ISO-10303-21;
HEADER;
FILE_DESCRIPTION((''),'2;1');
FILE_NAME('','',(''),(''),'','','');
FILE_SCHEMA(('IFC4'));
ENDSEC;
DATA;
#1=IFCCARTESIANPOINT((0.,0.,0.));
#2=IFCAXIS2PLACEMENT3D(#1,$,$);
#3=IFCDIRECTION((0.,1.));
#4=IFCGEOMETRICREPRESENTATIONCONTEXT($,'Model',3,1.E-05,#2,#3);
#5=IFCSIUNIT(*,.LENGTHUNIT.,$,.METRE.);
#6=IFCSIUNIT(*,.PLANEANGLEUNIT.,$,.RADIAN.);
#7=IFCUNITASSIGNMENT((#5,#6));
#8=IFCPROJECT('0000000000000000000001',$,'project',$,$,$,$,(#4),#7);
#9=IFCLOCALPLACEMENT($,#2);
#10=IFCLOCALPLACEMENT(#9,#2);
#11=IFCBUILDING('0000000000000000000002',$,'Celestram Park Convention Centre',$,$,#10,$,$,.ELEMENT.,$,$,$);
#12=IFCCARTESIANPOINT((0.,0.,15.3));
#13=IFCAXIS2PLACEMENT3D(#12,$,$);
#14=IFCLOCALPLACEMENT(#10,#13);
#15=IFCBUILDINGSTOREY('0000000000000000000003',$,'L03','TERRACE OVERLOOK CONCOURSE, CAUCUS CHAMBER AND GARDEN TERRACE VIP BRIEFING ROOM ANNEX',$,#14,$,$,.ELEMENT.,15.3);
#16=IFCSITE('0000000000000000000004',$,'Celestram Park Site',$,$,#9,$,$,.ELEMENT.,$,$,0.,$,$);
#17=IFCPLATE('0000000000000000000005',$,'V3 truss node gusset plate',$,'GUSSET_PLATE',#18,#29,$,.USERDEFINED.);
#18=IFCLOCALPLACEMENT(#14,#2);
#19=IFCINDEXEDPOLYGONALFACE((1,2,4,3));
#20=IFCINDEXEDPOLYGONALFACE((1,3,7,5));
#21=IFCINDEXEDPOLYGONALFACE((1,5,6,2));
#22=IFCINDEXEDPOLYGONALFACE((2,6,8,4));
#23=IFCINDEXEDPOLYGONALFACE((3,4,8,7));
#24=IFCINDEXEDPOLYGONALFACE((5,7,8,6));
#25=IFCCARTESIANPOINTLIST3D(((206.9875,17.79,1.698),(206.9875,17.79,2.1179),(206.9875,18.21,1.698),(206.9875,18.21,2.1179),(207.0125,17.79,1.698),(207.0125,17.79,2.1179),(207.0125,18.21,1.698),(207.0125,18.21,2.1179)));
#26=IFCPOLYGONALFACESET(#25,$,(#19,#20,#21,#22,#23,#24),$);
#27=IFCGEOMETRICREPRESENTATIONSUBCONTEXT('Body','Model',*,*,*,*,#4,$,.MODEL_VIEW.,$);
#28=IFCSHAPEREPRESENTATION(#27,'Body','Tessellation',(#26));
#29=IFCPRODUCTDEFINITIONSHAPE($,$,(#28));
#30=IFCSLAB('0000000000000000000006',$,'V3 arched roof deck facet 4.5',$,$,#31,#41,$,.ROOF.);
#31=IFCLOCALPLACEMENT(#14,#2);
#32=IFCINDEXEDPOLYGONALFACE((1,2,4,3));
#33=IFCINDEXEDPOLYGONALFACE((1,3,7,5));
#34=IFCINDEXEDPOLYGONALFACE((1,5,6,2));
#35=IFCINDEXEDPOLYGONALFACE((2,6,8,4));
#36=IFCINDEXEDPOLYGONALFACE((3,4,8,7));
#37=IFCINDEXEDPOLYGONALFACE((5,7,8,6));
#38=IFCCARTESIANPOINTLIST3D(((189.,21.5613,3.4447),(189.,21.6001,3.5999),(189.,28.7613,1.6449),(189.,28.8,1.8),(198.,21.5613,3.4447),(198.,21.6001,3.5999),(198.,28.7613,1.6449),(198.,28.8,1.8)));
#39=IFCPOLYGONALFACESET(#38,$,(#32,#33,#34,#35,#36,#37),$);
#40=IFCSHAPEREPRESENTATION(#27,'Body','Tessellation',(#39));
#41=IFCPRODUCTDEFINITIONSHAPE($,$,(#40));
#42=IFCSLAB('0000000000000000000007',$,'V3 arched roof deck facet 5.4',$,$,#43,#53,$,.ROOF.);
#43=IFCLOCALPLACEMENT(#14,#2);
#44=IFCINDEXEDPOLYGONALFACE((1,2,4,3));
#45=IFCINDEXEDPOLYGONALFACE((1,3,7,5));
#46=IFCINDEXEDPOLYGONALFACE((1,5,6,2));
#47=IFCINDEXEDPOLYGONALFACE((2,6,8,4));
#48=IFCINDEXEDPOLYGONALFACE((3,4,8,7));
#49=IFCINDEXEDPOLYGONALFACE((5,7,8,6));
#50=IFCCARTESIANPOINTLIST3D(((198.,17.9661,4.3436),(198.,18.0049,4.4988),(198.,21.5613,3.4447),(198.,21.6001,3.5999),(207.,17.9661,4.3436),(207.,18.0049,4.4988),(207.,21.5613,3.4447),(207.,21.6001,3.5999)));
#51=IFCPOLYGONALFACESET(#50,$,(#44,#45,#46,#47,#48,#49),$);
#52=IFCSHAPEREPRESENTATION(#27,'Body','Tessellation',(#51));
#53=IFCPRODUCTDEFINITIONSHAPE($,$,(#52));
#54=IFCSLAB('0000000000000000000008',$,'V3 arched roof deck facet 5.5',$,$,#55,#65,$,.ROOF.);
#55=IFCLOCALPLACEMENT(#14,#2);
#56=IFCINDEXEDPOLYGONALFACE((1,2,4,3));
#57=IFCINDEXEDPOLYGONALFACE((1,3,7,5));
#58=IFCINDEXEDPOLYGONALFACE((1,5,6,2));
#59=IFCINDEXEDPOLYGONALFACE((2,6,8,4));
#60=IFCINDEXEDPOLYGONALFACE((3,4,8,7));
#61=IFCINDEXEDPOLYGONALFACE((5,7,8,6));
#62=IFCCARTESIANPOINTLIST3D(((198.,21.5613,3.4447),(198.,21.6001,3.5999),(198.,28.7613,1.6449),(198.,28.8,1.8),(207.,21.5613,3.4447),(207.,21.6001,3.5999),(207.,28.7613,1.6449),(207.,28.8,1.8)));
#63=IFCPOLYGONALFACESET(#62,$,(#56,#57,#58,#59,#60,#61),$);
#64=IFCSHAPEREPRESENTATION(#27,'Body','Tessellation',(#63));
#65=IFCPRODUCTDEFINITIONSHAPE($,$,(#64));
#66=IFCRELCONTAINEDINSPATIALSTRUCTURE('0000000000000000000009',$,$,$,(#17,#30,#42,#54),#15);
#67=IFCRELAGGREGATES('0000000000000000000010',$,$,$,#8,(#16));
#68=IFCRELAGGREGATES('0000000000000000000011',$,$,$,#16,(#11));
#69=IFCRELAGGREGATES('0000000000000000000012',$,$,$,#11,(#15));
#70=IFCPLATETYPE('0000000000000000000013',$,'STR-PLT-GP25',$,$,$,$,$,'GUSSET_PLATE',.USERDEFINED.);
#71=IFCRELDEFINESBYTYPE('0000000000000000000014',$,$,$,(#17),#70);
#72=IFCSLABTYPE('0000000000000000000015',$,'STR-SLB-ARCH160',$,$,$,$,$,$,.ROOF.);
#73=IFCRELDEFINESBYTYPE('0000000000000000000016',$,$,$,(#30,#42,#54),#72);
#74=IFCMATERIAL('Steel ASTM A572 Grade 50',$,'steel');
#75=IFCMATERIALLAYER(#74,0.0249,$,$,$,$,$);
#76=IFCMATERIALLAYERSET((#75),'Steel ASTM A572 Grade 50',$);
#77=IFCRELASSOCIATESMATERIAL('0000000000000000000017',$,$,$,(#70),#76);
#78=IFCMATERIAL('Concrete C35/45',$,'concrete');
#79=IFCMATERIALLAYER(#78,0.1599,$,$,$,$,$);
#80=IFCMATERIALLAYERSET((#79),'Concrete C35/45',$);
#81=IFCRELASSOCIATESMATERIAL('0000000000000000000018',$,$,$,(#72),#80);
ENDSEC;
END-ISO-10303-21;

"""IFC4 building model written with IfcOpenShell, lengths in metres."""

from ifc_helpers import new_model, si_unit, direction, frame, origin, origin_2d, place, context, subcontext, project, spatial, polyline, rectangle, outline, extrude, material, layer, layer_set, type_object, element, save


model = new_model("IFC4")

# Units and contexts
model_context = context("Model", 3, precision=1e-05, world=origin(), true_north=direction((0.0, 1.0)))
body_context = subcontext(model_context, "Body", "Model", "MODEL_VIEW")
ifc_project = project(units=[si_unit("LENGTHUNIT", "METRE"), si_unit("PLANEANGLEUNIT", "RADIAN")], contexts=[model_context])

# Site, building, storey
site_placement = place(None, origin())
site = spatial("IfcSite", under=ifc_project, at=site_placement, Name="Celestram Park Site", CompositionType="ELEMENT", RefElevation=0.0)
building_placement = place(site_placement, origin())
building = spatial("IfcBuilding", under=site, at=building_placement, Name="Celestram Park Convention Centre", CompositionType="ELEMENT")
storey_placement = place(building_placement, frame((0.0, 0.0, 15.3)))
storey = spatial("IfcBuildingStorey", under=building, at=storey_placement, Name="L03", Description="TERRACE OVERLOOK CONCOURSE, CAUCUS CHAMBER AND GARDEN TERRACE VIP BRIEFING ROOM ANNEX", CompositionType="ELEMENT", Elevation=15.3)

# Plate
ifc_material_1 = material(Name="Steel ASTM A572 Grade 50", Category="steel")
ifc_layer_1 = layer(ifc_material_1, 0.0249)
ifc_layer_set_1 = layer_set([ifc_layer_1], Name="Steel ASTM A572 Grade 50")
plate_type = type_object("IfcPlateType", Name="STR-PLT-GP25", ElementType="GUSSET_PLATE", PredefinedType="USERDEFINED", material=ifc_layer_set_1)
for number, where, z_axis, x_axis, name in (
    (1, (207.0, 18.0, 1.698), (0.0, 0.0, 1.0), (0.0, 1.0, 0.0), "V3 truss node gusset plate"),
):
    element("IfcPlate", number, at=place(storey_placement, frame(where, z_axis=z_axis, x_axis=x_axis)), inside=storey, type_object=plate_type, Name=name, ObjectType="GUSSET_PLATE", PredefinedType="USERDEFINED", context=body_context, shape_type="SweptSolid", body=[
        extrude(rectangle(XDim=0.4199, YDim=0.0249, at=origin_2d()), origin(), (0.0, 0.0, 1.0), 0.4199),
    ])

# Slabs
ifc_material_2 = material(Name="Concrete C35/45", Category="concrete")
ifc_layer_2 = layer(ifc_material_2, 0.1599)
ifc_layer_set_2 = layer_set([ifc_layer_2], Name="Concrete C35/45")
slab_type = type_object("IfcSlabType", Name="STR-SLB-ARCH160", PredefinedType="ROOF", material=ifc_layer_set_2)
slab_1_placement = place(storey_placement, frame((189.0, 21.6001, 3.5999), z_axis=(0.0, 0.242512, 0.970148), x_axis=(1.0, 0.0, 0.0)))
element("IfcSlab", 2, at=slab_1_placement, inside=storey, type_object=slab_type, Name="V3 arched roof deck facet 4.5", PredefinedType="ROOF", context=body_context, shape_type="SweptSolid", body=[
    extrude(outline(polyline([(0.0, 0.0), (9.0, 0.0), (9.0, 7.4215), (0.0, 7.4215), (0.0, 0.0)])), origin(), (0.0, 0.0, -1.0), 0.1599),
])
slab_2_placement = place(storey_placement, frame((198.0, 18.0049, 4.4988), z_axis=(0.0, 0.242567, 0.970135), x_axis=(1.0, 0.0, 0.0)))
element("IfcSlab", 3, at=slab_2_placement, inside=storey, type_object=slab_type, Name="V3 arched roof deck facet 5.4", PredefinedType="ROOF", context=body_context, shape_type="SweptSolid", body=[
    extrude(outline(polyline([(0.0, 0.0), (9.0, 0.0), (9.0, 3.7059), (0.0, 3.7059), (0.0, 0.0)])), origin(), (0.0, 0.0, -1.0), 0.1599),
])
slab_3_placement = place(storey_placement, frame((198.0, 21.6001, 3.5999), z_axis=(0.0, 0.242512, 0.970148), x_axis=(1.0, 0.0, 0.0)))
element("IfcSlab", 4, at=slab_3_placement, inside=storey, type_object=slab_type, Name="V3 arched roof deck facet 5.5", PredefinedType="ROOF", context=body_context, shape_type="SweptSolid", body=[
    extrude(outline(polyline([(0.0, 0.0), (9.0, 0.0), (9.0, 7.4215), (0.0, 7.4215), (0.0, 0.0)])), origin(), (0.0, 0.0, -1.0), 0.1599),
])

save(model, "model.ifc")
